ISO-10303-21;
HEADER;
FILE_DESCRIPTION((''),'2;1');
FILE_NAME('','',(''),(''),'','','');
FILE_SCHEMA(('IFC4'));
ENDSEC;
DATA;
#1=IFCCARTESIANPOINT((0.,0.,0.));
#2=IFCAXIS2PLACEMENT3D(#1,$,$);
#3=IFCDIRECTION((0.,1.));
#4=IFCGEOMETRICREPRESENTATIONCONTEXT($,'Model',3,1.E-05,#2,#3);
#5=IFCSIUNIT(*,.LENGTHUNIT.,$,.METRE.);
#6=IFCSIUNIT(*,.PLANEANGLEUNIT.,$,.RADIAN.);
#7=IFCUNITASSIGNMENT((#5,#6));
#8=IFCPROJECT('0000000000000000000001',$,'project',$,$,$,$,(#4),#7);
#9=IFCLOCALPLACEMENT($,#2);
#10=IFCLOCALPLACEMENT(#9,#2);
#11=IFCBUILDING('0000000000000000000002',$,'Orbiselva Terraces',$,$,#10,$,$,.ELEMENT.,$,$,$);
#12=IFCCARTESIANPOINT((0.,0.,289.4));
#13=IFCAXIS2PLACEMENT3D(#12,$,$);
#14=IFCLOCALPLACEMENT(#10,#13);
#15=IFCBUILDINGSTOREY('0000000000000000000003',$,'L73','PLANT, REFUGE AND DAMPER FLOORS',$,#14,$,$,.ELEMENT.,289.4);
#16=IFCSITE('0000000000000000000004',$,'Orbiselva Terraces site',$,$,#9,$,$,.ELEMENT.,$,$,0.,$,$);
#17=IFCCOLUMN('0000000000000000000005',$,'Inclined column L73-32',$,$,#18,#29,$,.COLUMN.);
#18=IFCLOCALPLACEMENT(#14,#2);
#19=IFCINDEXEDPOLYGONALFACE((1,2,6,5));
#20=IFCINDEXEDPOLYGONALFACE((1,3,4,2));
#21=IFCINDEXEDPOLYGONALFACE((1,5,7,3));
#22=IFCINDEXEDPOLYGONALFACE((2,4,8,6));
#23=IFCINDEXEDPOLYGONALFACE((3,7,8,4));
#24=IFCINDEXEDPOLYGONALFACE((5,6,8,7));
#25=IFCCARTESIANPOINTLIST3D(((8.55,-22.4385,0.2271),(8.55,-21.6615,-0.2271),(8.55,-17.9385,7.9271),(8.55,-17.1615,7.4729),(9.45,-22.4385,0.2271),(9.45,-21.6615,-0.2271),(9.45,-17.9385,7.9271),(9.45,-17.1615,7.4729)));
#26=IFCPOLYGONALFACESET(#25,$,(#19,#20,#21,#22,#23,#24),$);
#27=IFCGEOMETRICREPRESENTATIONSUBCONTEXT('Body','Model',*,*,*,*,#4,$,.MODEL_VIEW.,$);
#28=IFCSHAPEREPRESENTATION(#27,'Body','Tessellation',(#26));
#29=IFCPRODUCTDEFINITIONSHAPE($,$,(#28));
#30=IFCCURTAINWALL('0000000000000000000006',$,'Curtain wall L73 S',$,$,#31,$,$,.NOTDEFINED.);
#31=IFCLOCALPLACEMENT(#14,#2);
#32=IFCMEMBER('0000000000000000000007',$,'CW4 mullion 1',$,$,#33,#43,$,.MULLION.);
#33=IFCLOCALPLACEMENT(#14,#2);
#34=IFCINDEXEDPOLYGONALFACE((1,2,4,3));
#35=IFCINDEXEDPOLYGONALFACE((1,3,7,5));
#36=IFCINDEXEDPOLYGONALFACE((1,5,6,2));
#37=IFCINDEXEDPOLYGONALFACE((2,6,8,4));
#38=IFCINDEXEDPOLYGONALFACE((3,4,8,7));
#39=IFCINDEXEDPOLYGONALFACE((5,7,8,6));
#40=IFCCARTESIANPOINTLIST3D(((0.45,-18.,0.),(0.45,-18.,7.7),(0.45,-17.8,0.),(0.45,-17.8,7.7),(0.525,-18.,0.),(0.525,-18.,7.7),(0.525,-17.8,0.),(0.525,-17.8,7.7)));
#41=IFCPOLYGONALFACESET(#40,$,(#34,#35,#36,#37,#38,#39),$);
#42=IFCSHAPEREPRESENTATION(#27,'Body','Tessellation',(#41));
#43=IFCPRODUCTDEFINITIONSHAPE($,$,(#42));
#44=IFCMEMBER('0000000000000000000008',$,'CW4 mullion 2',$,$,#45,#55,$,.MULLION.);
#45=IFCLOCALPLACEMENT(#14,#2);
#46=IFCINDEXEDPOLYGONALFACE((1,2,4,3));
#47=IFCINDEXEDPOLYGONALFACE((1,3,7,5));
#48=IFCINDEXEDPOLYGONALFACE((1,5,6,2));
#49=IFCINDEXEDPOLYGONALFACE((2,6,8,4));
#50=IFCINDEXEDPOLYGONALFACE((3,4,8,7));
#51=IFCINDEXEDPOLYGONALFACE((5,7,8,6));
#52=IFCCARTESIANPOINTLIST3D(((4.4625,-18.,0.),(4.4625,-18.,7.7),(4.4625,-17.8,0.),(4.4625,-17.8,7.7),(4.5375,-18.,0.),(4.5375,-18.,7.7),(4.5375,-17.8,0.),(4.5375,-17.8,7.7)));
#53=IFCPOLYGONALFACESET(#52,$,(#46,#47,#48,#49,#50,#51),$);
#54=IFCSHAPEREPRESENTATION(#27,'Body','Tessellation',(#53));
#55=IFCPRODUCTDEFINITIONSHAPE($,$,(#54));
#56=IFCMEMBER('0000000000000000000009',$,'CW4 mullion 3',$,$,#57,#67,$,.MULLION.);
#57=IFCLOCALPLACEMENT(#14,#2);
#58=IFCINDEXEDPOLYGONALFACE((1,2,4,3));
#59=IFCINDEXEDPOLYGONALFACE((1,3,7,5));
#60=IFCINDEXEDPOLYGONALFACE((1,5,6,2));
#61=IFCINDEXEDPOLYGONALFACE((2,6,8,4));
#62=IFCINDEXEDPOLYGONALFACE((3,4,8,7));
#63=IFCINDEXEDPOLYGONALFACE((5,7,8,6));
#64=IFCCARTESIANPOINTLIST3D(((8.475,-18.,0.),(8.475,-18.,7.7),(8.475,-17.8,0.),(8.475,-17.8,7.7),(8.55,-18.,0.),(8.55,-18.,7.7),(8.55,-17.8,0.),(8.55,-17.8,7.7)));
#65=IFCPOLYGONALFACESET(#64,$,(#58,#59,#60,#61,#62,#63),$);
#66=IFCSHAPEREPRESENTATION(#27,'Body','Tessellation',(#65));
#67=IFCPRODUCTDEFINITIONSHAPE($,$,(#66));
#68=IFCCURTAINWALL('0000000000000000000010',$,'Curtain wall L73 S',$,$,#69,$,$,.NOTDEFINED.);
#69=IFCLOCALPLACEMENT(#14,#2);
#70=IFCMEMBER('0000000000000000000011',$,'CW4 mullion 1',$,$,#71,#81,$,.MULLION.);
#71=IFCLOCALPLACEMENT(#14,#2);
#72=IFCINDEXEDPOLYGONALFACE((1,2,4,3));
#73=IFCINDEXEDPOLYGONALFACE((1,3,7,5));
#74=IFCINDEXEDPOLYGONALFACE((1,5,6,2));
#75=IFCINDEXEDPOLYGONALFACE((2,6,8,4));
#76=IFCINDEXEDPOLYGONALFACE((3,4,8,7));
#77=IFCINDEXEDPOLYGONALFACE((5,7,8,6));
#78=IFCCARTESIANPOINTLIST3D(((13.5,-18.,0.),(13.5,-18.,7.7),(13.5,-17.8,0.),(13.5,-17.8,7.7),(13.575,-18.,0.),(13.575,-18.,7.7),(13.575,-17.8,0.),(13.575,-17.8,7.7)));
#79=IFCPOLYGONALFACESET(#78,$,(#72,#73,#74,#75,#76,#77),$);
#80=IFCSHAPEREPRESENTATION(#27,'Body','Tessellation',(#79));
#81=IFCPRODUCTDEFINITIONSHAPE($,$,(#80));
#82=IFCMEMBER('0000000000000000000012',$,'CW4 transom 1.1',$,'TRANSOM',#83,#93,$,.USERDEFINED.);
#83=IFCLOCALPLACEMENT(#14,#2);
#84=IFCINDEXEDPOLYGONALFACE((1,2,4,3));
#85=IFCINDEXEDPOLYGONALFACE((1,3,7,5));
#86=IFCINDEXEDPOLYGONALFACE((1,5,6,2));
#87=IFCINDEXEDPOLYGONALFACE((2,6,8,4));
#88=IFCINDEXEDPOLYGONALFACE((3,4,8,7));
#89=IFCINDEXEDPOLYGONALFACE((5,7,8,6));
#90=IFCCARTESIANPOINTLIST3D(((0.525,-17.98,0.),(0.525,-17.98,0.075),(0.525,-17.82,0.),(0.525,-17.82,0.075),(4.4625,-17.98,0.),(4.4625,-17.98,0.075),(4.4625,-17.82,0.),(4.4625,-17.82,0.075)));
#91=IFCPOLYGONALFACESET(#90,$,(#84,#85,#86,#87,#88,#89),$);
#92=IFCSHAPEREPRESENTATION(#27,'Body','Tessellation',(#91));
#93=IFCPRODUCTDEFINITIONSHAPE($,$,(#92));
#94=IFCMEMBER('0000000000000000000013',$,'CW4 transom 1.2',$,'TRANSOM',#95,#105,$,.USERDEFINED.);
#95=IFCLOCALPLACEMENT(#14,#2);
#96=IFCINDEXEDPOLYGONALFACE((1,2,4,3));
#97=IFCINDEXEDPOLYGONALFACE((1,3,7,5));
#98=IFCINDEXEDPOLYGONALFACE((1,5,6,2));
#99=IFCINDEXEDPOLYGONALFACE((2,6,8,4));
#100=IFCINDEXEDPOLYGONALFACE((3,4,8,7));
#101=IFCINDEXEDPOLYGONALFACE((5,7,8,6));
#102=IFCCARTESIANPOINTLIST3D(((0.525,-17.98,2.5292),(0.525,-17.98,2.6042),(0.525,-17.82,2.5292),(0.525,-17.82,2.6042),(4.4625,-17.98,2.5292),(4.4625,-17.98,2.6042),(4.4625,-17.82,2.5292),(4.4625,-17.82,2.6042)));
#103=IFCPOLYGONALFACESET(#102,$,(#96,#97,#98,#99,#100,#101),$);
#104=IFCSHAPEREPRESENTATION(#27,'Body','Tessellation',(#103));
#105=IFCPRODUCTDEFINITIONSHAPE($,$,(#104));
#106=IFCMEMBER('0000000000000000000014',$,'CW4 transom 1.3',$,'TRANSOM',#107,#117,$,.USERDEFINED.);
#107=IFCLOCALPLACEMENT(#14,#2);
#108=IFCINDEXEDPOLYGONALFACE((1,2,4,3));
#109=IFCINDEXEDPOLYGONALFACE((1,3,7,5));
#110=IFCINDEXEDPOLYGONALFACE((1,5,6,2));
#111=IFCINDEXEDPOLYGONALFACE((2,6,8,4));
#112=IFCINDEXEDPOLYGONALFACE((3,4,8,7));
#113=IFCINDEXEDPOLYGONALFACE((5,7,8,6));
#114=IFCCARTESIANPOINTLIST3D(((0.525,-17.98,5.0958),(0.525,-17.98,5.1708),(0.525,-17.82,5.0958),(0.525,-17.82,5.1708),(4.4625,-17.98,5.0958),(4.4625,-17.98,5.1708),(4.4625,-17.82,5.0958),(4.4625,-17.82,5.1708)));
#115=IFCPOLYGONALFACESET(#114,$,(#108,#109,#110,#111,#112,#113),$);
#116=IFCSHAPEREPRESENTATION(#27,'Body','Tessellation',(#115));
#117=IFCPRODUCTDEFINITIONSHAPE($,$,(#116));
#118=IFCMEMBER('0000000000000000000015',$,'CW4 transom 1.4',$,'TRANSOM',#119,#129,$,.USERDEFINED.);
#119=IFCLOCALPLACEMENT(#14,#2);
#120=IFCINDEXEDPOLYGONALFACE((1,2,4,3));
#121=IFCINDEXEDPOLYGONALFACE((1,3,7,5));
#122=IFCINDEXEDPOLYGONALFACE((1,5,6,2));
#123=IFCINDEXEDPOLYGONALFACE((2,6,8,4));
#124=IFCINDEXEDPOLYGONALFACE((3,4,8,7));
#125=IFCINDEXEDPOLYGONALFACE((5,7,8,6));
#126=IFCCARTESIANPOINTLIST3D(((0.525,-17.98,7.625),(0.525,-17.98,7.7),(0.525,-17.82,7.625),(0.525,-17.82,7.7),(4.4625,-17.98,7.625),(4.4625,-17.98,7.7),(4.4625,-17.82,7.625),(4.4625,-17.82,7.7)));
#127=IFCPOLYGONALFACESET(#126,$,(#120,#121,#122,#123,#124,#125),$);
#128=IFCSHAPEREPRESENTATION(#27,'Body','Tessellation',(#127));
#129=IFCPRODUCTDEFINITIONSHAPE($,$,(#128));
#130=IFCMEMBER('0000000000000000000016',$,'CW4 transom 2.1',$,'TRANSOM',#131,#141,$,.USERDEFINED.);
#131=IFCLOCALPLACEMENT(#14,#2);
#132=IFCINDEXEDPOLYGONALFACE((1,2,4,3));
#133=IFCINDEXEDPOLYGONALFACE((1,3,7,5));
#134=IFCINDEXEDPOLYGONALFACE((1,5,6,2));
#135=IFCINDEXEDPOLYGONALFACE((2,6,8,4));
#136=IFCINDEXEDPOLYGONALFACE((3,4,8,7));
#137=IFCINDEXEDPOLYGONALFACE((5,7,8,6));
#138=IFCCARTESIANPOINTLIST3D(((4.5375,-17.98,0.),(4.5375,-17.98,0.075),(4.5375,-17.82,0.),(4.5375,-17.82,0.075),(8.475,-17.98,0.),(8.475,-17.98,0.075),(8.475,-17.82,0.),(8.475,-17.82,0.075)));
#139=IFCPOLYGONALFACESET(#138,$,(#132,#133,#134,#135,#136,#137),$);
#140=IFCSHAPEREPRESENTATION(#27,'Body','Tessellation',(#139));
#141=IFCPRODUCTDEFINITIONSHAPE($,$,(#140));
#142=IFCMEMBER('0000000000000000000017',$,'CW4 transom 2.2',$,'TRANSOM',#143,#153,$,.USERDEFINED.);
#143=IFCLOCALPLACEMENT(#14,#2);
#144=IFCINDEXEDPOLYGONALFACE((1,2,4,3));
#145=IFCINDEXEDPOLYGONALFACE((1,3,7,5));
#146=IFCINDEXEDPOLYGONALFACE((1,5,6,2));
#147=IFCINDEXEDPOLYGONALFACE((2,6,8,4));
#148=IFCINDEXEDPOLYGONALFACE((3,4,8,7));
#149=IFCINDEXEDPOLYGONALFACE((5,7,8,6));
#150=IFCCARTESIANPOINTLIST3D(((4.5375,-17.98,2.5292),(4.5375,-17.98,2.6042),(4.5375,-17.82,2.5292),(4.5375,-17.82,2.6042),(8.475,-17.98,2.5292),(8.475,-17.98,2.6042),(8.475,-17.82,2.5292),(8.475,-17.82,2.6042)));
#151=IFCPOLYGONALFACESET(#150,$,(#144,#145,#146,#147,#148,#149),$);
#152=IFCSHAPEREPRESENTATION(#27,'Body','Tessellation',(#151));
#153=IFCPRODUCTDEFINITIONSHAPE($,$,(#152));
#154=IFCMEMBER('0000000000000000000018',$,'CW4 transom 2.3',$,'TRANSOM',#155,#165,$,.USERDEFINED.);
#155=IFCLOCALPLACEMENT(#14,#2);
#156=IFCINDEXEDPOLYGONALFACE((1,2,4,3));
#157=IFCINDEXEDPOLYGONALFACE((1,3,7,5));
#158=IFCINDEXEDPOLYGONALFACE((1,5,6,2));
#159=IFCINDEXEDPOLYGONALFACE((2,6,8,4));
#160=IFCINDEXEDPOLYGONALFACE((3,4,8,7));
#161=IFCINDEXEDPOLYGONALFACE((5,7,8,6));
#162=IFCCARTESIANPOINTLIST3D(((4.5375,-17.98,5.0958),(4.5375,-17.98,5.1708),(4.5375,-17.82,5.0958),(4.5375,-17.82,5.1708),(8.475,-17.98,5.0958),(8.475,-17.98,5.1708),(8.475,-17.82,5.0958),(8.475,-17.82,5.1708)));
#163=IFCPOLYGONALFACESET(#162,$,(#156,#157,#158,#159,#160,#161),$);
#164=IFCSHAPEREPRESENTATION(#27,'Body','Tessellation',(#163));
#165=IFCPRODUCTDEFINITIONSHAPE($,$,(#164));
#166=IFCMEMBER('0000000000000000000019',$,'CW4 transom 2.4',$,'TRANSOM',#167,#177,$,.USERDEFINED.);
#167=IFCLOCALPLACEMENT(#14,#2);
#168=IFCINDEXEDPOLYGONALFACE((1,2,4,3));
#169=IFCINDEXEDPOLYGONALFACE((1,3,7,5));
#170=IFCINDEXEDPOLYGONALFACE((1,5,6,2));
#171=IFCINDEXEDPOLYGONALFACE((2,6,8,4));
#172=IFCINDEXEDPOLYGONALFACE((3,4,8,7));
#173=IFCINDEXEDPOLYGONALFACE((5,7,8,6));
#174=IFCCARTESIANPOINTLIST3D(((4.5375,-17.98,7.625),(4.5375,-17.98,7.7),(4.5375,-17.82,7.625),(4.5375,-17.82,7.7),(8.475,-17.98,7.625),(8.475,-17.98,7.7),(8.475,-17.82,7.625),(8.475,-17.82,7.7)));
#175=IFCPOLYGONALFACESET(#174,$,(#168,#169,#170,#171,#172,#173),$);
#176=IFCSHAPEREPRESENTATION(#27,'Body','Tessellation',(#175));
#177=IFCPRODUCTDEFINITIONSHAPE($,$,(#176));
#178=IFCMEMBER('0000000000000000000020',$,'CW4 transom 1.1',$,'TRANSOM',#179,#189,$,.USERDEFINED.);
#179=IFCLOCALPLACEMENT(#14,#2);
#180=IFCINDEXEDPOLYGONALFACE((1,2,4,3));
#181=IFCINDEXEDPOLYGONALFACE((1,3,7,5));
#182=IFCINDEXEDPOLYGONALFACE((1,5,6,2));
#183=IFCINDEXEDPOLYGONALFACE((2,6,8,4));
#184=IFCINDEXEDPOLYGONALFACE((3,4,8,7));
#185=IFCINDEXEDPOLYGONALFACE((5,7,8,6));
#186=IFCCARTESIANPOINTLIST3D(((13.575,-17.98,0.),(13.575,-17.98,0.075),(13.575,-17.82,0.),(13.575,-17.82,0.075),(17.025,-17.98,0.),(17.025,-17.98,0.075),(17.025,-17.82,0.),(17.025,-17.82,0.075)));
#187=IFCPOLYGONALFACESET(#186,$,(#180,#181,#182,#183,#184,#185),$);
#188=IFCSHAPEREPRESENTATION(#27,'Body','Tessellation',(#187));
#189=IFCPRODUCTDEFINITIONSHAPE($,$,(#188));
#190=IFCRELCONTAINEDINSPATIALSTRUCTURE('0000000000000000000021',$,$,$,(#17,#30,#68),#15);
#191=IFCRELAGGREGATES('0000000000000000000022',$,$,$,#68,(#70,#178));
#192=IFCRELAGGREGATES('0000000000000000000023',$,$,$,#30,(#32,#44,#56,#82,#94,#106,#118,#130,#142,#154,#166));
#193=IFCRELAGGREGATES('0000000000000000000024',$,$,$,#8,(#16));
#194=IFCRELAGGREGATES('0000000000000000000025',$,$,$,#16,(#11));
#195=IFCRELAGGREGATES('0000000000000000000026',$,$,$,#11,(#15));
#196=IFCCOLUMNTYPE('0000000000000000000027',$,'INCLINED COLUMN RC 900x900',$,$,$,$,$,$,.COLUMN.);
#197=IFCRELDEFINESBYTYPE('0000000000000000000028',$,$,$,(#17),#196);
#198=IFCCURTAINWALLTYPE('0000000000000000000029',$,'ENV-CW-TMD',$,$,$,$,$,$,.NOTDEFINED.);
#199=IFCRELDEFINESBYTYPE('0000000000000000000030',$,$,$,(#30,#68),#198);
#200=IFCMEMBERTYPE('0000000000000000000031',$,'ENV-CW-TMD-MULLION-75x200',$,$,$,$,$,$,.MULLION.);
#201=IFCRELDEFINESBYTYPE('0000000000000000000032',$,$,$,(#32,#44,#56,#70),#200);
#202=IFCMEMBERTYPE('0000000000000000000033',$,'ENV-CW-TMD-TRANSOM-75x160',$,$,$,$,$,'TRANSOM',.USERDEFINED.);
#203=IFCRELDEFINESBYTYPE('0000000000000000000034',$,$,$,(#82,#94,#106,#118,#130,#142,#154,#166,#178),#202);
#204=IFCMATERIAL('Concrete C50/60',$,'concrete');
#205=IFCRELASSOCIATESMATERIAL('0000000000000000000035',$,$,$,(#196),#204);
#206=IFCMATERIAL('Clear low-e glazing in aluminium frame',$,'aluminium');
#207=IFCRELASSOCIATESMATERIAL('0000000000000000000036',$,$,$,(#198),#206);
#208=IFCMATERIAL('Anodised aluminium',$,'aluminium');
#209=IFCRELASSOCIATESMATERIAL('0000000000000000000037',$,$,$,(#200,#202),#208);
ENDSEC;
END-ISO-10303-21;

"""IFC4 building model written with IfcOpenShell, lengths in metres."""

from ifc_helpers import new_model, si_unit, direction, frame, origin, origin_2d, place, context, subcontext, project, spatial, rectangle, extrude, material, material_profile, profile_set, type_object, element, aggregate, save


model = new_model("IFC4")

# Units and contexts
model_context = context("Model", 3, precision=1e-05, world=origin(), true_north=direction((0.0, 1.0)))
body_context = subcontext(model_context, "Body", "Model", "MODEL_VIEW")
ifc_project = project(units=[si_unit("LENGTHUNIT", "METRE"), si_unit("PLANEANGLEUNIT", "RADIAN")], contexts=[model_context])

# Site, building, storey
site_placement = place(None, origin())
site = spatial("IfcSite", under=ifc_project, at=site_placement, Name="Orbiselva Terraces site", CompositionType="ELEMENT", RefElevation=0.0)
building_placement = place(site_placement, origin())
building = spatial("IfcBuilding", under=site, at=building_placement, Name="Orbiselva Terraces", CompositionType="ELEMENT")
storey_placement = place(building_placement, frame((0.0, 0.0, 289.4)))
storey = spatial("IfcBuildingStorey", under=building, at=storey_placement, Name="L73", Description="PLANT, REFUGE AND DAMPER FLOORS", CompositionType="ELEMENT", Elevation=289.4)

# Column
ifc_material_1 = material(Name="Concrete C50/60", Category="concrete")
ifc_material_profile_1 = material_profile(ifc_material_1, rectangle(XDim=0.9, YDim=0.9, at=origin_2d()), Name="RC 900x900")
ifc_profile_set_1 = profile_set([ifc_material_profile_1], Name="Concrete C50/60")
column_type = type_object("IfcColumnType", Name="INCLINED COLUMN RC 900x900", PredefinedType="COLUMN", material=ifc_profile_set_1)
column_placement = place(storey_placement, frame((9.0, -22.05, 0.0), z_axis=(0.0, 0.504568, 0.863372), x_axis=(-1.0, 0.0, 0.0)))
element("IfcColumn", 1, at=column_placement, inside=storey, type_object=column_type, Name="Inclined column L73-32", PredefinedType="COLUMN", context=body_context, shape_type="SweptSolid", body=[
    extrude(rectangle(XDim=0.9, YDim=0.9, at=origin_2d()), origin(), (0.0, 0.0, 1.0), 8.9185),
])

# Curtain wall, members
ifc_material_2 = material(Name="Clear low-e glazing in aluminium frame", Category="aluminium")
curtain_wall_type = type_object("IfcCurtainWallType", Name="ENV-CW-TMD", PredefinedType="NOTDEFINED", material=ifc_material_2)
curtain_wall_1_placement = place(storey_placement, origin())
curtain_wall_1 = element("IfcCurtainWall", 2, at=curtain_wall_1_placement, inside=storey, type_object=curtain_wall_type, Name="Curtain wall L73 S", PredefinedType="NOTDEFINED")
ifc_material_3 = material(Name="Anodised aluminium", Category="aluminium")
ifc_material_profile_2 = material_profile(ifc_material_3, rectangle(XDim=0.2, YDim=0.075, at=origin_2d()), Name="AL 75x200")
ifc_profile_set_2 = profile_set([ifc_material_profile_2], Name="Anodised aluminium")
member_type_1 = type_object("IfcMemberType", Name="ENV-CW-TMD-MULLION-75x200", PredefinedType="MULLION", material=ifc_profile_set_2)
member_1_placement = place(storey_placement, frame((0.4875, -17.9, 0.0), z_axis=(0.0, 0.0, 1.0), x_axis=(0.0, 1.0, 0.0)))
member_1 = element("IfcMember", 3, at=member_1_placement, type_object=member_type_1, Name="CW4 mullion 1", PredefinedType="MULLION", context=body_context, shape_type="SweptSolid", body=[
    extrude(rectangle(XDim=0.2, YDim=0.075, at=origin_2d()), origin(), (0.0, 0.0, 1.0), 7.7),
])
member_2_placement = place(storey_placement, frame((4.5, -17.9, 0.0), z_axis=(0.0, 0.0, 1.0), x_axis=(0.0, 1.0, 0.0)))
member_2 = element("IfcMember", 4, at=member_2_placement, type_object=member_type_1, Name="CW4 mullion 2", PredefinedType="MULLION", context=body_context, shape_type="SweptSolid", body=[
    extrude(rectangle(XDim=0.2, YDim=0.075, at=origin_2d()), origin(), (0.0, 0.0, 1.0), 7.7),
])
member_3_placement = place(storey_placement, frame((8.5125, -17.9, 0.0), z_axis=(0.0, 0.0, 1.0), x_axis=(0.0, 1.0, 0.0)))
member_3 = element("IfcMember", 5, at=member_3_placement, type_object=member_type_1, Name="CW4 mullion 3", PredefinedType="MULLION", context=body_context, shape_type="SweptSolid", body=[
    extrude(rectangle(XDim=0.2, YDim=0.075, at=origin_2d()), origin(), (0.0, 0.0, 1.0), 7.7),
])

# Curtain wall, member
curtain_wall_2_placement = place(storey_placement, origin())
curtain_wall_2 = element("IfcCurtainWall", 6, at=curtain_wall_2_placement, inside=storey, type_object=curtain_wall_type, Name="Curtain wall L73 S", PredefinedType="NOTDEFINED")
member_4_placement = place(storey_placement, frame((13.5375, -17.9, 0.0), z_axis=(0.0, 0.0, 1.0), x_axis=(0.0, 1.0, 0.0)))
member_4 = element("IfcMember", 7, at=member_4_placement, type_object=member_type_1, Name="CW4 mullion 1", PredefinedType="MULLION", context=body_context, shape_type="SweptSolid", body=[
    extrude(rectangle(XDim=0.2, YDim=0.075, at=origin_2d()), origin(), (0.0, 0.0, 1.0), 7.7),
])

# Members
ifc_material_profile_3 = material_profile(ifc_material_3, rectangle(XDim=0.16, YDim=0.075, at=origin_2d()), Name="AL 75x160")
ifc_profile_set_3 = profile_set([ifc_material_profile_3], Name="Anodised aluminium")
member_type_2 = type_object("IfcMemberType", Name="ENV-CW-TMD-TRANSOM-75x160", ElementType="TRANSOM", PredefinedType="USERDEFINED", material=ifc_profile_set_3)
member_5_placement = place(storey_placement, frame((0.525, -17.9, 0.0375), z_axis=(1.0, 0.0, 0.0), x_axis=(0.0, 1.0, 0.0)))
member_5 = element("IfcMember", 8, at=member_5_placement, type_object=member_type_2, Name="CW4 transom 1.1", ObjectType="TRANSOM", PredefinedType="USERDEFINED", context=body_context, shape_type="SweptSolid", body=[
    extrude(rectangle(XDim=0.16, YDim=0.075, at=origin_2d()), origin(), (0.0, 0.0, 1.0), 3.9375),
])
member_6_placement = place(storey_placement, frame((0.525, -17.9, 2.5667), z_axis=(1.0, 0.0, 0.0), x_axis=(0.0, 1.0, 0.0)))
member_6 = element("IfcMember", 9, at=member_6_placement, type_object=member_type_2, Name="CW4 transom 1.2", ObjectType="TRANSOM", PredefinedType="USERDEFINED", context=body_context, shape_type="SweptSolid", body=[
    extrude(rectangle(XDim=0.16, YDim=0.075, at=origin_2d()), origin(), (0.0, 0.0, 1.0), 3.9375),
])
member_7_placement = place(storey_placement, frame((0.525, -17.9, 5.1333), z_axis=(1.0, 0.0, 0.0), x_axis=(0.0, 1.0, 0.0)))
member_7 = element("IfcMember", 10, at=member_7_placement, type_object=member_type_2, Name="CW4 transom 1.3", ObjectType="TRANSOM", PredefinedType="USERDEFINED", context=body_context, shape_type="SweptSolid", body=[
    extrude(rectangle(XDim=0.16, YDim=0.075, at=origin_2d()), origin(), (0.0, 0.0, 1.0), 3.9375),
])
member_8_placement = place(storey_placement, frame((0.525, -17.9, 7.6625), z_axis=(1.0, 0.0, 0.0), x_axis=(0.0, 1.0, 0.0)))
member_8 = element("IfcMember", 11, at=member_8_placement, type_object=member_type_2, Name="CW4 transom 1.4", ObjectType="TRANSOM", PredefinedType="USERDEFINED", context=body_context, shape_type="SweptSolid", body=[
    extrude(rectangle(XDim=0.16, YDim=0.075, at=origin_2d()), origin(), (0.0, 0.0, 1.0), 3.9375),
])
member_9_placement = place(storey_placement, frame((4.5375, -17.9, 0.0375), z_axis=(1.0, 0.0, 0.0), x_axis=(0.0, 1.0, 0.0)))
member_9 = element("IfcMember", 12, at=member_9_placement, type_object=member_type_2, Name="CW4 transom 2.1", ObjectType="TRANSOM", PredefinedType="USERDEFINED", context=body_context, shape_type="SweptSolid", body=[
    extrude(rectangle(XDim=0.16, YDim=0.075, at=origin_2d()), origin(), (0.0, 0.0, 1.0), 3.9375),
])
member_10_placement = place(storey_placement, frame((4.5375, -17.9, 2.5667), z_axis=(1.0, 0.0, 0.0), x_axis=(0.0, 1.0, 0.0)))
member_10 = element("IfcMember", 13, at=member_10_placement, type_object=member_type_2, Name="CW4 transom 2.2", ObjectType="TRANSOM", PredefinedType="USERDEFINED", context=body_context, shape_type="SweptSolid", body=[
    extrude(rectangle(XDim=0.16, YDim=0.075, at=origin_2d()), origin(), (0.0, 0.0, 1.0), 3.9375),
])
member_11_placement = place(storey_placement, frame((4.5375, -17.9, 5.1333), z_axis=(1.0, 0.0, 0.0), x_axis=(0.0, 1.0, 0.0)))
member_11 = element("IfcMember", 14, at=member_11_placement, type_object=member_type_2, Name="CW4 transom 2.3", ObjectType="TRANSOM", PredefinedType="USERDEFINED", context=body_context, shape_type="SweptSolid", body=[
    extrude(rectangle(XDim=0.16, YDim=0.075, at=origin_2d()), origin(), (0.0, 0.0, 1.0), 3.9375),
])
member_12_placement = place(storey_placement, frame((4.5375, -17.9, 7.6625), z_axis=(1.0, 0.0, 0.0), x_axis=(0.0, 1.0, 0.0)))
member_12 = element("IfcMember", 15, at=member_12_placement, type_object=member_type_2, Name="CW4 transom 2.4", ObjectType="TRANSOM", PredefinedType="USERDEFINED", context=body_context, shape_type="SweptSolid", body=[
    extrude(rectangle(XDim=0.16, YDim=0.075, at=origin_2d()), origin(), (0.0, 0.0, 1.0), 3.9375),
])
member_13_placement = place(storey_placement, frame((13.575, -17.9, 0.0375), z_axis=(1.0, 0.0, 0.0), x_axis=(0.0, 1.0, 0.0)))
member_13 = element("IfcMember", 16, at=member_13_placement, type_object=member_type_2, Name="CW4 transom 1.1", ObjectType="TRANSOM", PredefinedType="USERDEFINED", context=body_context, shape_type="SweptSolid", body=[
    extrude(rectangle(XDim=0.16, YDim=0.075, at=origin_2d()), origin(), (0.0, 0.0, 1.0), 3.45),
])
aggregate(curtain_wall_2, [member_4, member_13])

aggregate(curtain_wall_1, [member_1, member_2, member_3, member_5, member_6, member_7, member_8, member_9, member_10, member_11, member_12])

save(model, "model.ifc")
